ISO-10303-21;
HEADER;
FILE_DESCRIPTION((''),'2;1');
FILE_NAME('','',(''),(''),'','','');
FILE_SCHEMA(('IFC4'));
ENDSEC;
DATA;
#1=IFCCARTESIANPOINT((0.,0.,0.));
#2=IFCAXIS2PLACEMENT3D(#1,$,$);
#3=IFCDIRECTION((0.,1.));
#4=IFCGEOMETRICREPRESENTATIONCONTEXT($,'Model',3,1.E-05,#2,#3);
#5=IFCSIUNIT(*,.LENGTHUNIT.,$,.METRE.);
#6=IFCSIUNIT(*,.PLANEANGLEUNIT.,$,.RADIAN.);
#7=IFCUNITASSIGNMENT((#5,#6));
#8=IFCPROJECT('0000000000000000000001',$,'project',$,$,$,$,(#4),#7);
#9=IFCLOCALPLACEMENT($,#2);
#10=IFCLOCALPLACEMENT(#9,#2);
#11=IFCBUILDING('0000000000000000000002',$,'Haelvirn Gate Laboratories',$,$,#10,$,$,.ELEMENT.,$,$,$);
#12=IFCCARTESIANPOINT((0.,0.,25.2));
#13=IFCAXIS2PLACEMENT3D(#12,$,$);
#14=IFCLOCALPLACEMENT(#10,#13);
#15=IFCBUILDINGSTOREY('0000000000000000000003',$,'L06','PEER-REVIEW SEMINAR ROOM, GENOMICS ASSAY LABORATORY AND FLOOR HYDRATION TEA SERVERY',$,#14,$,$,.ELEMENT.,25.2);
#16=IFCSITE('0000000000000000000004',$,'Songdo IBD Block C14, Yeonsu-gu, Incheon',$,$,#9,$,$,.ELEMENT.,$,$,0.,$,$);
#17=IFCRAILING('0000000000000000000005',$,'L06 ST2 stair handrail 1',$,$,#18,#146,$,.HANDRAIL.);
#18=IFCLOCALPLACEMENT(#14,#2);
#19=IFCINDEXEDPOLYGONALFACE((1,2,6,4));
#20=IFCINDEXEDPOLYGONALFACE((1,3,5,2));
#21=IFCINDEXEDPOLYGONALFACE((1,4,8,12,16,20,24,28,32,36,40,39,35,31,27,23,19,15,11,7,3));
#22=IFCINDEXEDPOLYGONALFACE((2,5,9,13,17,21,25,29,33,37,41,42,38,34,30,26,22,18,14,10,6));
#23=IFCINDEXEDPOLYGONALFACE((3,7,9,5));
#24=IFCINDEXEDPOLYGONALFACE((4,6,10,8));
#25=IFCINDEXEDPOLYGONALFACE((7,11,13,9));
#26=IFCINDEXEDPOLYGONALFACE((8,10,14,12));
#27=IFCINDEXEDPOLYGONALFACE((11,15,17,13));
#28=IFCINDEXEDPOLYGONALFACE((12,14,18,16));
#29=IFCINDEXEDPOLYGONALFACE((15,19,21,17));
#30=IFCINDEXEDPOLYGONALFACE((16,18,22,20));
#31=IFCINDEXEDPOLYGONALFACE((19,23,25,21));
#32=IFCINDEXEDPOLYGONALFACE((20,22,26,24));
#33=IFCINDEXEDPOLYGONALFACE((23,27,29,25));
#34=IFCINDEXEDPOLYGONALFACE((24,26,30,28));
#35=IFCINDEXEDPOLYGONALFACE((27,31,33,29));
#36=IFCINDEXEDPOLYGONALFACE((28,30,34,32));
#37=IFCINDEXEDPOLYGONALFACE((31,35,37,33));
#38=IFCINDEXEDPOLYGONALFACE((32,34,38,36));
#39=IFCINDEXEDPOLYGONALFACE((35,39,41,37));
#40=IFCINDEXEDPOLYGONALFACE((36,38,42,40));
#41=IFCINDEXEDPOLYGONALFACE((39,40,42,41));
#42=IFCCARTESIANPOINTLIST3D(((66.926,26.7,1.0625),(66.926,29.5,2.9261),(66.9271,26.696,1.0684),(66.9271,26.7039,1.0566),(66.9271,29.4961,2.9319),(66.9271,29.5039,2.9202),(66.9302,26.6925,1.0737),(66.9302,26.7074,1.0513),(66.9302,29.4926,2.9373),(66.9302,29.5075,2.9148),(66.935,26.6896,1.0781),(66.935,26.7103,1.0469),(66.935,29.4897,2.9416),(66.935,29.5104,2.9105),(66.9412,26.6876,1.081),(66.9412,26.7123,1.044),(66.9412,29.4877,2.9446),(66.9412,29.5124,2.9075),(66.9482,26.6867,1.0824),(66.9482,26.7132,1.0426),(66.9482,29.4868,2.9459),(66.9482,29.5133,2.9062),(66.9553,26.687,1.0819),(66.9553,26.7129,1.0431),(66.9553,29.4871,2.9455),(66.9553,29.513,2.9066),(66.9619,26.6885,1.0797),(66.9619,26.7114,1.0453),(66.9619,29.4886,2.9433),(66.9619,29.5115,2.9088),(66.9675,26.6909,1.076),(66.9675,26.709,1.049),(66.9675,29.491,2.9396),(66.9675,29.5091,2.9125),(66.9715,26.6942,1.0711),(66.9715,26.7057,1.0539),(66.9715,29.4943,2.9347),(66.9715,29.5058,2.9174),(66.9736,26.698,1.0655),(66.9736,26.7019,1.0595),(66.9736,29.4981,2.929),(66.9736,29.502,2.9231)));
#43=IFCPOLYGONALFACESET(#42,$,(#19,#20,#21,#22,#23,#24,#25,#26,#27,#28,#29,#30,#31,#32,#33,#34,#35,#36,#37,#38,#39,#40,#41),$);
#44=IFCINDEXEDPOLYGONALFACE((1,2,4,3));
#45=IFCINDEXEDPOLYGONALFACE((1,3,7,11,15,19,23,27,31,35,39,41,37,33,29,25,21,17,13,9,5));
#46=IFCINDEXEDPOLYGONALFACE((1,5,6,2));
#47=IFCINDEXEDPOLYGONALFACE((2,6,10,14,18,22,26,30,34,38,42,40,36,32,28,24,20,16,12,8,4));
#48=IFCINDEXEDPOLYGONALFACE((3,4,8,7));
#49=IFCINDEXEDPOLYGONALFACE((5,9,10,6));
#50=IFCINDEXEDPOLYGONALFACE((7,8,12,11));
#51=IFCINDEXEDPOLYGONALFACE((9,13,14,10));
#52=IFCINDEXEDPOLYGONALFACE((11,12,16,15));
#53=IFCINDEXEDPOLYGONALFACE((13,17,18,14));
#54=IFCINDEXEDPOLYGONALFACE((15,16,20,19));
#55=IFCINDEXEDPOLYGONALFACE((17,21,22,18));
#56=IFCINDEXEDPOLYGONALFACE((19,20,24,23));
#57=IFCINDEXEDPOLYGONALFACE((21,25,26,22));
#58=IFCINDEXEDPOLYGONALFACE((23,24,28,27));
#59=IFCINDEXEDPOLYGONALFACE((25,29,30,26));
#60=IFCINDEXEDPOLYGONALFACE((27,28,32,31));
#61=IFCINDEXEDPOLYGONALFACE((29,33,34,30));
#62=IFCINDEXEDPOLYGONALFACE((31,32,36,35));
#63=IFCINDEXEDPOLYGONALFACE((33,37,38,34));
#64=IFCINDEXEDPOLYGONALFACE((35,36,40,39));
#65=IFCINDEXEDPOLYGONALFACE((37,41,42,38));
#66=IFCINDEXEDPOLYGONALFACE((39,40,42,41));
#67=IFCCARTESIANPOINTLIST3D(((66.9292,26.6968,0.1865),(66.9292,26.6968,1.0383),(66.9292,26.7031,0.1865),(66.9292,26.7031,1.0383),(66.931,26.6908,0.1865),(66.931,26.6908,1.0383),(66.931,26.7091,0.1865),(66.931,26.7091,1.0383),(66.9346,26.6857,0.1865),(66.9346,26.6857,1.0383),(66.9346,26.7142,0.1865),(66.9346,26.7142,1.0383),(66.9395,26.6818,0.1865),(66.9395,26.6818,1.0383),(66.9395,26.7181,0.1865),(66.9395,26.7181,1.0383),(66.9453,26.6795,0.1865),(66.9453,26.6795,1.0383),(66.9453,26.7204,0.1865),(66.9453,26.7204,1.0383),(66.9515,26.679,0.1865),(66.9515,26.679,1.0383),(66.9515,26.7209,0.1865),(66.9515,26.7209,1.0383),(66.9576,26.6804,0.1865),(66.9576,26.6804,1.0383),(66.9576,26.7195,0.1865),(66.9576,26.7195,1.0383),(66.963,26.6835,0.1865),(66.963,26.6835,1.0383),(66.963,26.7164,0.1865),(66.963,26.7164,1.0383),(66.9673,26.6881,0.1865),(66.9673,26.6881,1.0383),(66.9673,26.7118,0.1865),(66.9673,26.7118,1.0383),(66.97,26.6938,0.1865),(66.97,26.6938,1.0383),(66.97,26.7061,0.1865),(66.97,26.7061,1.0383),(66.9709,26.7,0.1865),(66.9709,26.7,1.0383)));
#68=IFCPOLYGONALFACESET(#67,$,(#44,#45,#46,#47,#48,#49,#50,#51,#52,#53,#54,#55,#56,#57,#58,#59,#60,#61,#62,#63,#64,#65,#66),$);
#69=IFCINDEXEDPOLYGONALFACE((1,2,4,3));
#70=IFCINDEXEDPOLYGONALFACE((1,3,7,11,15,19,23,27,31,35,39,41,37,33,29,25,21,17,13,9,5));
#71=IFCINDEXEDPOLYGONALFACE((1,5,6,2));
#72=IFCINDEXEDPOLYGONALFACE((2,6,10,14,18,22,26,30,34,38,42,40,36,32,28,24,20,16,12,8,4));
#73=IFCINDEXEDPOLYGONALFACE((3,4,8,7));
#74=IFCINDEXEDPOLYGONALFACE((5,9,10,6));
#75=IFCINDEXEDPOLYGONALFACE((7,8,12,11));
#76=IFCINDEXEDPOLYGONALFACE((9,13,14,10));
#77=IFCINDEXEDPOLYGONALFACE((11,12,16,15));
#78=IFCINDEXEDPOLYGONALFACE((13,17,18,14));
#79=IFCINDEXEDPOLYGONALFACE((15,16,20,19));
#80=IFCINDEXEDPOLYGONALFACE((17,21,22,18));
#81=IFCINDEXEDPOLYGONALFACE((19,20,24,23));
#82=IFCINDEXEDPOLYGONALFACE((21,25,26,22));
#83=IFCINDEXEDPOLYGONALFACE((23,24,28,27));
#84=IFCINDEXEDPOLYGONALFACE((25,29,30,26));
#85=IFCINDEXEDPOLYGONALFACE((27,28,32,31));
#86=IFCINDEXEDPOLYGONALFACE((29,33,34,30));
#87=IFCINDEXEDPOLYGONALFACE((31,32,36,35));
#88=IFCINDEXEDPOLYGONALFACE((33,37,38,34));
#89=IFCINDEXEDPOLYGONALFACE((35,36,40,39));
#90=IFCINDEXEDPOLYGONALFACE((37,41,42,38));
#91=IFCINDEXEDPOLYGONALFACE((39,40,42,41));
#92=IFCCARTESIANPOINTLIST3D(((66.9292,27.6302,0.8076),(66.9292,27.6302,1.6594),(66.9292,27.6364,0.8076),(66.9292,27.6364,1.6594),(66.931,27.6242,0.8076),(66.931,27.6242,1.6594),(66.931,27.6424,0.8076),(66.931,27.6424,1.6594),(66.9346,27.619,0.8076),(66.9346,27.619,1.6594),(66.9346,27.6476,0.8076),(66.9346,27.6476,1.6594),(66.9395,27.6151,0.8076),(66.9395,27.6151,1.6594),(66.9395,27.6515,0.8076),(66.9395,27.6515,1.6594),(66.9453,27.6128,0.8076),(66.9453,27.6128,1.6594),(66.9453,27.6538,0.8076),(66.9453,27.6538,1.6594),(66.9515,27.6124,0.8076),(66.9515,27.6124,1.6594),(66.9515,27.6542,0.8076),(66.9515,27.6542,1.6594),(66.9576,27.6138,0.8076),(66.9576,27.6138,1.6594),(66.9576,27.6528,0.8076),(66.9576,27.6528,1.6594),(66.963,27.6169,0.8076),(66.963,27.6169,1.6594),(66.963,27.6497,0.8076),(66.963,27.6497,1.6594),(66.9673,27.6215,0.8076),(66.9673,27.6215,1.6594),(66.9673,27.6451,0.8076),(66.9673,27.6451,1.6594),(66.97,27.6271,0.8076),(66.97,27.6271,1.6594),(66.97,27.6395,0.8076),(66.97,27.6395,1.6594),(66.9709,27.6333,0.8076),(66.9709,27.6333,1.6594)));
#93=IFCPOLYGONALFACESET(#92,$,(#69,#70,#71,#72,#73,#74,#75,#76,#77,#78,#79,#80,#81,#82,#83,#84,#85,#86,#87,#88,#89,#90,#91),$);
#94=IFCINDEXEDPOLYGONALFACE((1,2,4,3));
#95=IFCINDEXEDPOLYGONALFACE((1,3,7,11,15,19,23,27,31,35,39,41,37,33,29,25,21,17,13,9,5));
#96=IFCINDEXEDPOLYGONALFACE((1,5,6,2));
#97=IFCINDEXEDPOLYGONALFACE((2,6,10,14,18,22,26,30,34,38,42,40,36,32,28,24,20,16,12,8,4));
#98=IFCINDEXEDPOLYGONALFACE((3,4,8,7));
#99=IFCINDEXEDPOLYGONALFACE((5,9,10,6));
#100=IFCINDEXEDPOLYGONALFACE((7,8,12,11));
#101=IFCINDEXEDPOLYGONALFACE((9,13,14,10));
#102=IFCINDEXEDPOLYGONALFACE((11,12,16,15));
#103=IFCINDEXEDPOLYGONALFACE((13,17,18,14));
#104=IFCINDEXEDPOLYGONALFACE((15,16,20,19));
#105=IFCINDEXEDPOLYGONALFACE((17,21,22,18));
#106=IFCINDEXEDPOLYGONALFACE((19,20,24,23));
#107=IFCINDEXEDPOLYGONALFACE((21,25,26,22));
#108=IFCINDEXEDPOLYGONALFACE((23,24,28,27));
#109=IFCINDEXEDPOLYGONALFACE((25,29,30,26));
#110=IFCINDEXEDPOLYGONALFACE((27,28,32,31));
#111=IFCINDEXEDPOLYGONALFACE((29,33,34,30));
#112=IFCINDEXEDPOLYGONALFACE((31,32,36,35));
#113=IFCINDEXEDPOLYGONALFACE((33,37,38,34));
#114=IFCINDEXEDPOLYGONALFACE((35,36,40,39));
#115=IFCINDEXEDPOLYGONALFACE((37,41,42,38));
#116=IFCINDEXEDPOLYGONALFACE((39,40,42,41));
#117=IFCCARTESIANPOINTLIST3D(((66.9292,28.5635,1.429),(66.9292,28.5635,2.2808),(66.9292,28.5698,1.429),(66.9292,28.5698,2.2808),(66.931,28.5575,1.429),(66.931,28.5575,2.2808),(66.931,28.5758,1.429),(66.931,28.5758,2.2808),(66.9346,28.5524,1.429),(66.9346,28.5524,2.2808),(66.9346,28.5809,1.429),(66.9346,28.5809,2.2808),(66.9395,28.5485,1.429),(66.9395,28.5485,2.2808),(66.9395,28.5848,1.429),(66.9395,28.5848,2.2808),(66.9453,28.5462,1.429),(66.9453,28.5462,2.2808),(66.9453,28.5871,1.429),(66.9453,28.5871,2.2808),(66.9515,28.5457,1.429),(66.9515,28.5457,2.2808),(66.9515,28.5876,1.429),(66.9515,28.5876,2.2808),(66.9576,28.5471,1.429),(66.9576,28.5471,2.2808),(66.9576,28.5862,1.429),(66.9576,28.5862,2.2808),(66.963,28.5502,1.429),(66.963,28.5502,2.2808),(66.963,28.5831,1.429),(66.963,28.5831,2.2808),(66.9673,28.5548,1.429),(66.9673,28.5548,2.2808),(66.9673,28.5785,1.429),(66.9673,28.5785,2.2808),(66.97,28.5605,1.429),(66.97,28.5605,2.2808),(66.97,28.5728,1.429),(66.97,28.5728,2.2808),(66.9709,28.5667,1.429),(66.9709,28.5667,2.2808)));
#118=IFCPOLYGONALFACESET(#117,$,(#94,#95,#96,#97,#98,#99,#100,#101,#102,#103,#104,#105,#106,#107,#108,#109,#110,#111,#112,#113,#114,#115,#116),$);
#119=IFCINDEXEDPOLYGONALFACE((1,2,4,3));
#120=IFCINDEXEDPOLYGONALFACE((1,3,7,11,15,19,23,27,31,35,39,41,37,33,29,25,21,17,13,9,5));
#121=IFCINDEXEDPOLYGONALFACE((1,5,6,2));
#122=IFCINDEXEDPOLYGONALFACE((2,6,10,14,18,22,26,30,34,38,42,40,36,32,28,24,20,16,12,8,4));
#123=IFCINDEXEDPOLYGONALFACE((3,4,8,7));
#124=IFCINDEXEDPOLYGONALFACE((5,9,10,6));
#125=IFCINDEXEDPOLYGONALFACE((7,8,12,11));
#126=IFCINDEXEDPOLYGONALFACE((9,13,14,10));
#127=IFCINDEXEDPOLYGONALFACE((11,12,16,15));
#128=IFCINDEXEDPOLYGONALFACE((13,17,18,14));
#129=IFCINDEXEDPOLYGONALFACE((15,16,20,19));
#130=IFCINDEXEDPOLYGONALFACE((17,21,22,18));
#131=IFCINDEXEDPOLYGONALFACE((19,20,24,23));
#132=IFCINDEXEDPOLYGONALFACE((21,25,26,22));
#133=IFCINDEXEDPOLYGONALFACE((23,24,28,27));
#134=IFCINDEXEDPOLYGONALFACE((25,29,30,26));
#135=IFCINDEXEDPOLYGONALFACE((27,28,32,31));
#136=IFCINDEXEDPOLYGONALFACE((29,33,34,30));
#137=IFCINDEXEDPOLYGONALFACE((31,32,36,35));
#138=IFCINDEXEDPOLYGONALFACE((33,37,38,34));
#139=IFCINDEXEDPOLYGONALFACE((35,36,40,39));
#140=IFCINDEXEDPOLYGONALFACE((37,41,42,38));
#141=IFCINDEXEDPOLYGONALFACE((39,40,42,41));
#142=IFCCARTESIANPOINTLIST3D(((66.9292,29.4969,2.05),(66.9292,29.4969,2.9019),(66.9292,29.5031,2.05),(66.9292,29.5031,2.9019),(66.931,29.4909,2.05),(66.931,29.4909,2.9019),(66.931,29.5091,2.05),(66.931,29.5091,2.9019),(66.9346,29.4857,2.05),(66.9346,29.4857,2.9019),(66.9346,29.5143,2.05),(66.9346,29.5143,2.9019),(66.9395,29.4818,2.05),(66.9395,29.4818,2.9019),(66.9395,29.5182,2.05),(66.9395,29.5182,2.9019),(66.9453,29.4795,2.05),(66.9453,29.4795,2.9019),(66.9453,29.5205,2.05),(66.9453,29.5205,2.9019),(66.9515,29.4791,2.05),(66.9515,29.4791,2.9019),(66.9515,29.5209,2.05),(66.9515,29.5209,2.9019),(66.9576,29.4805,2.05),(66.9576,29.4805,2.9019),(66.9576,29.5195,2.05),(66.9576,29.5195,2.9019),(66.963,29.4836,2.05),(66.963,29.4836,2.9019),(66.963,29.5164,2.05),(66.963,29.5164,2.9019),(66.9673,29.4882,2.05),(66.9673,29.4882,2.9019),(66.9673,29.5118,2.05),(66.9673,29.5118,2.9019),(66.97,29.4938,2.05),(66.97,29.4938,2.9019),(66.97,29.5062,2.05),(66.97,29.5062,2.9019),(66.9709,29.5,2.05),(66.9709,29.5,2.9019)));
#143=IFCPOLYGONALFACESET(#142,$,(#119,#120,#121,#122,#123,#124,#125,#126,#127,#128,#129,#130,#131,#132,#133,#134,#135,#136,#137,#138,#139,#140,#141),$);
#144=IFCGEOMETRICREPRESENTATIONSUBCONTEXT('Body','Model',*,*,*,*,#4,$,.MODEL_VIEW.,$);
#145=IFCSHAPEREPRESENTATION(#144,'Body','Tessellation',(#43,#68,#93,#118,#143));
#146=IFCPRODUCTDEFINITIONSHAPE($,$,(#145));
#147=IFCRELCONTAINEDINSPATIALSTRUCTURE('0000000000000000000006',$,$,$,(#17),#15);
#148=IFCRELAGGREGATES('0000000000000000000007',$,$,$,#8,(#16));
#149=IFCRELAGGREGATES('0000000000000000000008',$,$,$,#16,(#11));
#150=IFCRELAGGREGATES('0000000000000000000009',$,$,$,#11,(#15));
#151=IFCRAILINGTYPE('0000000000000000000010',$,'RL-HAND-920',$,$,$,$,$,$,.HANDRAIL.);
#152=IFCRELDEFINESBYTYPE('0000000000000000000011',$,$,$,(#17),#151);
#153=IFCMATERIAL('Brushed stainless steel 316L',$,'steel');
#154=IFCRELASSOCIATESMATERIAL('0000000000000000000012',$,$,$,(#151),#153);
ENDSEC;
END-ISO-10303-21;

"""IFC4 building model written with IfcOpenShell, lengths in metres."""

from ifc_helpers import new_model, si_unit, direction, frame, origin, origin_2d, place, context, subcontext, project, spatial, circle, extrude, source, transform, mapped, material, type_object, element, save


model = new_model("IFC4")

# Units and contexts
model_context = context("Model", 3, precision=1e-05, world=origin(), true_north=direction((0.0, 1.0)))
body_context = subcontext(model_context, "Body", "Model", "MODEL_VIEW")
ifc_project = project(units=[si_unit("LENGTHUNIT", "METRE"), si_unit("PLANEANGLEUNIT", "RADIAN")], contexts=[model_context])

# Site, building, storey
site_placement = place(None, origin())
site = spatial("IfcSite", under=ifc_project, at=site_placement, Name="Songdo IBD Block C14, Yeonsu-gu, Incheon", CompositionType="ELEMENT", RefElevation=0.0)
building_placement = place(site_placement, origin())
building = spatial("IfcBuilding", under=site, at=building_placement, Name="Haelvirn Gate Laboratories", CompositionType="ELEMENT")
storey_placement = place(building_placement, frame((0.0, 0.0, 25.2)))
storey = spatial("IfcBuildingStorey", under=building, at=storey_placement, Name="L06", Description="PEER-REVIEW SEMINAR ROOM, GENOMICS ASSAY LABORATORY AND FLOOR HYDRATION TEA SERVERY", CompositionType="ELEMENT", Elevation=25.2)

# Railing
ifc_material_1 = material(Name="Brushed stainless steel 316L", Category="steel")
railing_type_1 = type_object("IfcRailingType", Name="RL-HAND-920", PredefinedType="HANDRAIL", material=ifc_material_1)
shared_shape_1 = source(origin(), body_context, "Body", "SweptSolid", [
    extrude(circle(Radius=0.0239, at=origin_2d()), frame((0.0, 0.0, 0.876), z_axis=(0.0, 0.832486, 0.554047), x_axis=(-1.0, 0.0, 0.0)), (0.0, 0.0, 1.0), 3.3635),
    extrude(circle(Radius=0.021, at=origin_2d()), origin(), (0.0, 0.0, 1.0), 0.8518),
    extrude(circle(Radius=0.021, at=origin_2d()), frame((0.0, 0.9333, 0.6211)), (0.0, 0.0, 1.0), 0.8518),
    extrude(circle(Radius=0.021, at=origin_2d()), frame((0.0, 1.8667, 1.2424)), (0.0, 0.0, 1.0), 0.8518),
    extrude(circle(Radius=0.021, at=origin_2d()), frame((0.0, 2.8, 1.8635)), (0.0, 0.0, 1.0), 0.8518),
])
railing_1_placement = place(storey_placement, frame((66.95, 26.7, 0.1865)))
element("IfcRailing", 1, at=railing_1_placement, inside=storey, type_object=railing_type_1, Name="L06 ST2 stair handrail 1", PredefinedType="HANDRAIL", context=body_context, shape_type="MappedRepresentation", body=[
    mapped(shared_shape_1, transform((0.0, 0.0, 0.0), scale=1.0)),
])

save(model, "model.ifc")
